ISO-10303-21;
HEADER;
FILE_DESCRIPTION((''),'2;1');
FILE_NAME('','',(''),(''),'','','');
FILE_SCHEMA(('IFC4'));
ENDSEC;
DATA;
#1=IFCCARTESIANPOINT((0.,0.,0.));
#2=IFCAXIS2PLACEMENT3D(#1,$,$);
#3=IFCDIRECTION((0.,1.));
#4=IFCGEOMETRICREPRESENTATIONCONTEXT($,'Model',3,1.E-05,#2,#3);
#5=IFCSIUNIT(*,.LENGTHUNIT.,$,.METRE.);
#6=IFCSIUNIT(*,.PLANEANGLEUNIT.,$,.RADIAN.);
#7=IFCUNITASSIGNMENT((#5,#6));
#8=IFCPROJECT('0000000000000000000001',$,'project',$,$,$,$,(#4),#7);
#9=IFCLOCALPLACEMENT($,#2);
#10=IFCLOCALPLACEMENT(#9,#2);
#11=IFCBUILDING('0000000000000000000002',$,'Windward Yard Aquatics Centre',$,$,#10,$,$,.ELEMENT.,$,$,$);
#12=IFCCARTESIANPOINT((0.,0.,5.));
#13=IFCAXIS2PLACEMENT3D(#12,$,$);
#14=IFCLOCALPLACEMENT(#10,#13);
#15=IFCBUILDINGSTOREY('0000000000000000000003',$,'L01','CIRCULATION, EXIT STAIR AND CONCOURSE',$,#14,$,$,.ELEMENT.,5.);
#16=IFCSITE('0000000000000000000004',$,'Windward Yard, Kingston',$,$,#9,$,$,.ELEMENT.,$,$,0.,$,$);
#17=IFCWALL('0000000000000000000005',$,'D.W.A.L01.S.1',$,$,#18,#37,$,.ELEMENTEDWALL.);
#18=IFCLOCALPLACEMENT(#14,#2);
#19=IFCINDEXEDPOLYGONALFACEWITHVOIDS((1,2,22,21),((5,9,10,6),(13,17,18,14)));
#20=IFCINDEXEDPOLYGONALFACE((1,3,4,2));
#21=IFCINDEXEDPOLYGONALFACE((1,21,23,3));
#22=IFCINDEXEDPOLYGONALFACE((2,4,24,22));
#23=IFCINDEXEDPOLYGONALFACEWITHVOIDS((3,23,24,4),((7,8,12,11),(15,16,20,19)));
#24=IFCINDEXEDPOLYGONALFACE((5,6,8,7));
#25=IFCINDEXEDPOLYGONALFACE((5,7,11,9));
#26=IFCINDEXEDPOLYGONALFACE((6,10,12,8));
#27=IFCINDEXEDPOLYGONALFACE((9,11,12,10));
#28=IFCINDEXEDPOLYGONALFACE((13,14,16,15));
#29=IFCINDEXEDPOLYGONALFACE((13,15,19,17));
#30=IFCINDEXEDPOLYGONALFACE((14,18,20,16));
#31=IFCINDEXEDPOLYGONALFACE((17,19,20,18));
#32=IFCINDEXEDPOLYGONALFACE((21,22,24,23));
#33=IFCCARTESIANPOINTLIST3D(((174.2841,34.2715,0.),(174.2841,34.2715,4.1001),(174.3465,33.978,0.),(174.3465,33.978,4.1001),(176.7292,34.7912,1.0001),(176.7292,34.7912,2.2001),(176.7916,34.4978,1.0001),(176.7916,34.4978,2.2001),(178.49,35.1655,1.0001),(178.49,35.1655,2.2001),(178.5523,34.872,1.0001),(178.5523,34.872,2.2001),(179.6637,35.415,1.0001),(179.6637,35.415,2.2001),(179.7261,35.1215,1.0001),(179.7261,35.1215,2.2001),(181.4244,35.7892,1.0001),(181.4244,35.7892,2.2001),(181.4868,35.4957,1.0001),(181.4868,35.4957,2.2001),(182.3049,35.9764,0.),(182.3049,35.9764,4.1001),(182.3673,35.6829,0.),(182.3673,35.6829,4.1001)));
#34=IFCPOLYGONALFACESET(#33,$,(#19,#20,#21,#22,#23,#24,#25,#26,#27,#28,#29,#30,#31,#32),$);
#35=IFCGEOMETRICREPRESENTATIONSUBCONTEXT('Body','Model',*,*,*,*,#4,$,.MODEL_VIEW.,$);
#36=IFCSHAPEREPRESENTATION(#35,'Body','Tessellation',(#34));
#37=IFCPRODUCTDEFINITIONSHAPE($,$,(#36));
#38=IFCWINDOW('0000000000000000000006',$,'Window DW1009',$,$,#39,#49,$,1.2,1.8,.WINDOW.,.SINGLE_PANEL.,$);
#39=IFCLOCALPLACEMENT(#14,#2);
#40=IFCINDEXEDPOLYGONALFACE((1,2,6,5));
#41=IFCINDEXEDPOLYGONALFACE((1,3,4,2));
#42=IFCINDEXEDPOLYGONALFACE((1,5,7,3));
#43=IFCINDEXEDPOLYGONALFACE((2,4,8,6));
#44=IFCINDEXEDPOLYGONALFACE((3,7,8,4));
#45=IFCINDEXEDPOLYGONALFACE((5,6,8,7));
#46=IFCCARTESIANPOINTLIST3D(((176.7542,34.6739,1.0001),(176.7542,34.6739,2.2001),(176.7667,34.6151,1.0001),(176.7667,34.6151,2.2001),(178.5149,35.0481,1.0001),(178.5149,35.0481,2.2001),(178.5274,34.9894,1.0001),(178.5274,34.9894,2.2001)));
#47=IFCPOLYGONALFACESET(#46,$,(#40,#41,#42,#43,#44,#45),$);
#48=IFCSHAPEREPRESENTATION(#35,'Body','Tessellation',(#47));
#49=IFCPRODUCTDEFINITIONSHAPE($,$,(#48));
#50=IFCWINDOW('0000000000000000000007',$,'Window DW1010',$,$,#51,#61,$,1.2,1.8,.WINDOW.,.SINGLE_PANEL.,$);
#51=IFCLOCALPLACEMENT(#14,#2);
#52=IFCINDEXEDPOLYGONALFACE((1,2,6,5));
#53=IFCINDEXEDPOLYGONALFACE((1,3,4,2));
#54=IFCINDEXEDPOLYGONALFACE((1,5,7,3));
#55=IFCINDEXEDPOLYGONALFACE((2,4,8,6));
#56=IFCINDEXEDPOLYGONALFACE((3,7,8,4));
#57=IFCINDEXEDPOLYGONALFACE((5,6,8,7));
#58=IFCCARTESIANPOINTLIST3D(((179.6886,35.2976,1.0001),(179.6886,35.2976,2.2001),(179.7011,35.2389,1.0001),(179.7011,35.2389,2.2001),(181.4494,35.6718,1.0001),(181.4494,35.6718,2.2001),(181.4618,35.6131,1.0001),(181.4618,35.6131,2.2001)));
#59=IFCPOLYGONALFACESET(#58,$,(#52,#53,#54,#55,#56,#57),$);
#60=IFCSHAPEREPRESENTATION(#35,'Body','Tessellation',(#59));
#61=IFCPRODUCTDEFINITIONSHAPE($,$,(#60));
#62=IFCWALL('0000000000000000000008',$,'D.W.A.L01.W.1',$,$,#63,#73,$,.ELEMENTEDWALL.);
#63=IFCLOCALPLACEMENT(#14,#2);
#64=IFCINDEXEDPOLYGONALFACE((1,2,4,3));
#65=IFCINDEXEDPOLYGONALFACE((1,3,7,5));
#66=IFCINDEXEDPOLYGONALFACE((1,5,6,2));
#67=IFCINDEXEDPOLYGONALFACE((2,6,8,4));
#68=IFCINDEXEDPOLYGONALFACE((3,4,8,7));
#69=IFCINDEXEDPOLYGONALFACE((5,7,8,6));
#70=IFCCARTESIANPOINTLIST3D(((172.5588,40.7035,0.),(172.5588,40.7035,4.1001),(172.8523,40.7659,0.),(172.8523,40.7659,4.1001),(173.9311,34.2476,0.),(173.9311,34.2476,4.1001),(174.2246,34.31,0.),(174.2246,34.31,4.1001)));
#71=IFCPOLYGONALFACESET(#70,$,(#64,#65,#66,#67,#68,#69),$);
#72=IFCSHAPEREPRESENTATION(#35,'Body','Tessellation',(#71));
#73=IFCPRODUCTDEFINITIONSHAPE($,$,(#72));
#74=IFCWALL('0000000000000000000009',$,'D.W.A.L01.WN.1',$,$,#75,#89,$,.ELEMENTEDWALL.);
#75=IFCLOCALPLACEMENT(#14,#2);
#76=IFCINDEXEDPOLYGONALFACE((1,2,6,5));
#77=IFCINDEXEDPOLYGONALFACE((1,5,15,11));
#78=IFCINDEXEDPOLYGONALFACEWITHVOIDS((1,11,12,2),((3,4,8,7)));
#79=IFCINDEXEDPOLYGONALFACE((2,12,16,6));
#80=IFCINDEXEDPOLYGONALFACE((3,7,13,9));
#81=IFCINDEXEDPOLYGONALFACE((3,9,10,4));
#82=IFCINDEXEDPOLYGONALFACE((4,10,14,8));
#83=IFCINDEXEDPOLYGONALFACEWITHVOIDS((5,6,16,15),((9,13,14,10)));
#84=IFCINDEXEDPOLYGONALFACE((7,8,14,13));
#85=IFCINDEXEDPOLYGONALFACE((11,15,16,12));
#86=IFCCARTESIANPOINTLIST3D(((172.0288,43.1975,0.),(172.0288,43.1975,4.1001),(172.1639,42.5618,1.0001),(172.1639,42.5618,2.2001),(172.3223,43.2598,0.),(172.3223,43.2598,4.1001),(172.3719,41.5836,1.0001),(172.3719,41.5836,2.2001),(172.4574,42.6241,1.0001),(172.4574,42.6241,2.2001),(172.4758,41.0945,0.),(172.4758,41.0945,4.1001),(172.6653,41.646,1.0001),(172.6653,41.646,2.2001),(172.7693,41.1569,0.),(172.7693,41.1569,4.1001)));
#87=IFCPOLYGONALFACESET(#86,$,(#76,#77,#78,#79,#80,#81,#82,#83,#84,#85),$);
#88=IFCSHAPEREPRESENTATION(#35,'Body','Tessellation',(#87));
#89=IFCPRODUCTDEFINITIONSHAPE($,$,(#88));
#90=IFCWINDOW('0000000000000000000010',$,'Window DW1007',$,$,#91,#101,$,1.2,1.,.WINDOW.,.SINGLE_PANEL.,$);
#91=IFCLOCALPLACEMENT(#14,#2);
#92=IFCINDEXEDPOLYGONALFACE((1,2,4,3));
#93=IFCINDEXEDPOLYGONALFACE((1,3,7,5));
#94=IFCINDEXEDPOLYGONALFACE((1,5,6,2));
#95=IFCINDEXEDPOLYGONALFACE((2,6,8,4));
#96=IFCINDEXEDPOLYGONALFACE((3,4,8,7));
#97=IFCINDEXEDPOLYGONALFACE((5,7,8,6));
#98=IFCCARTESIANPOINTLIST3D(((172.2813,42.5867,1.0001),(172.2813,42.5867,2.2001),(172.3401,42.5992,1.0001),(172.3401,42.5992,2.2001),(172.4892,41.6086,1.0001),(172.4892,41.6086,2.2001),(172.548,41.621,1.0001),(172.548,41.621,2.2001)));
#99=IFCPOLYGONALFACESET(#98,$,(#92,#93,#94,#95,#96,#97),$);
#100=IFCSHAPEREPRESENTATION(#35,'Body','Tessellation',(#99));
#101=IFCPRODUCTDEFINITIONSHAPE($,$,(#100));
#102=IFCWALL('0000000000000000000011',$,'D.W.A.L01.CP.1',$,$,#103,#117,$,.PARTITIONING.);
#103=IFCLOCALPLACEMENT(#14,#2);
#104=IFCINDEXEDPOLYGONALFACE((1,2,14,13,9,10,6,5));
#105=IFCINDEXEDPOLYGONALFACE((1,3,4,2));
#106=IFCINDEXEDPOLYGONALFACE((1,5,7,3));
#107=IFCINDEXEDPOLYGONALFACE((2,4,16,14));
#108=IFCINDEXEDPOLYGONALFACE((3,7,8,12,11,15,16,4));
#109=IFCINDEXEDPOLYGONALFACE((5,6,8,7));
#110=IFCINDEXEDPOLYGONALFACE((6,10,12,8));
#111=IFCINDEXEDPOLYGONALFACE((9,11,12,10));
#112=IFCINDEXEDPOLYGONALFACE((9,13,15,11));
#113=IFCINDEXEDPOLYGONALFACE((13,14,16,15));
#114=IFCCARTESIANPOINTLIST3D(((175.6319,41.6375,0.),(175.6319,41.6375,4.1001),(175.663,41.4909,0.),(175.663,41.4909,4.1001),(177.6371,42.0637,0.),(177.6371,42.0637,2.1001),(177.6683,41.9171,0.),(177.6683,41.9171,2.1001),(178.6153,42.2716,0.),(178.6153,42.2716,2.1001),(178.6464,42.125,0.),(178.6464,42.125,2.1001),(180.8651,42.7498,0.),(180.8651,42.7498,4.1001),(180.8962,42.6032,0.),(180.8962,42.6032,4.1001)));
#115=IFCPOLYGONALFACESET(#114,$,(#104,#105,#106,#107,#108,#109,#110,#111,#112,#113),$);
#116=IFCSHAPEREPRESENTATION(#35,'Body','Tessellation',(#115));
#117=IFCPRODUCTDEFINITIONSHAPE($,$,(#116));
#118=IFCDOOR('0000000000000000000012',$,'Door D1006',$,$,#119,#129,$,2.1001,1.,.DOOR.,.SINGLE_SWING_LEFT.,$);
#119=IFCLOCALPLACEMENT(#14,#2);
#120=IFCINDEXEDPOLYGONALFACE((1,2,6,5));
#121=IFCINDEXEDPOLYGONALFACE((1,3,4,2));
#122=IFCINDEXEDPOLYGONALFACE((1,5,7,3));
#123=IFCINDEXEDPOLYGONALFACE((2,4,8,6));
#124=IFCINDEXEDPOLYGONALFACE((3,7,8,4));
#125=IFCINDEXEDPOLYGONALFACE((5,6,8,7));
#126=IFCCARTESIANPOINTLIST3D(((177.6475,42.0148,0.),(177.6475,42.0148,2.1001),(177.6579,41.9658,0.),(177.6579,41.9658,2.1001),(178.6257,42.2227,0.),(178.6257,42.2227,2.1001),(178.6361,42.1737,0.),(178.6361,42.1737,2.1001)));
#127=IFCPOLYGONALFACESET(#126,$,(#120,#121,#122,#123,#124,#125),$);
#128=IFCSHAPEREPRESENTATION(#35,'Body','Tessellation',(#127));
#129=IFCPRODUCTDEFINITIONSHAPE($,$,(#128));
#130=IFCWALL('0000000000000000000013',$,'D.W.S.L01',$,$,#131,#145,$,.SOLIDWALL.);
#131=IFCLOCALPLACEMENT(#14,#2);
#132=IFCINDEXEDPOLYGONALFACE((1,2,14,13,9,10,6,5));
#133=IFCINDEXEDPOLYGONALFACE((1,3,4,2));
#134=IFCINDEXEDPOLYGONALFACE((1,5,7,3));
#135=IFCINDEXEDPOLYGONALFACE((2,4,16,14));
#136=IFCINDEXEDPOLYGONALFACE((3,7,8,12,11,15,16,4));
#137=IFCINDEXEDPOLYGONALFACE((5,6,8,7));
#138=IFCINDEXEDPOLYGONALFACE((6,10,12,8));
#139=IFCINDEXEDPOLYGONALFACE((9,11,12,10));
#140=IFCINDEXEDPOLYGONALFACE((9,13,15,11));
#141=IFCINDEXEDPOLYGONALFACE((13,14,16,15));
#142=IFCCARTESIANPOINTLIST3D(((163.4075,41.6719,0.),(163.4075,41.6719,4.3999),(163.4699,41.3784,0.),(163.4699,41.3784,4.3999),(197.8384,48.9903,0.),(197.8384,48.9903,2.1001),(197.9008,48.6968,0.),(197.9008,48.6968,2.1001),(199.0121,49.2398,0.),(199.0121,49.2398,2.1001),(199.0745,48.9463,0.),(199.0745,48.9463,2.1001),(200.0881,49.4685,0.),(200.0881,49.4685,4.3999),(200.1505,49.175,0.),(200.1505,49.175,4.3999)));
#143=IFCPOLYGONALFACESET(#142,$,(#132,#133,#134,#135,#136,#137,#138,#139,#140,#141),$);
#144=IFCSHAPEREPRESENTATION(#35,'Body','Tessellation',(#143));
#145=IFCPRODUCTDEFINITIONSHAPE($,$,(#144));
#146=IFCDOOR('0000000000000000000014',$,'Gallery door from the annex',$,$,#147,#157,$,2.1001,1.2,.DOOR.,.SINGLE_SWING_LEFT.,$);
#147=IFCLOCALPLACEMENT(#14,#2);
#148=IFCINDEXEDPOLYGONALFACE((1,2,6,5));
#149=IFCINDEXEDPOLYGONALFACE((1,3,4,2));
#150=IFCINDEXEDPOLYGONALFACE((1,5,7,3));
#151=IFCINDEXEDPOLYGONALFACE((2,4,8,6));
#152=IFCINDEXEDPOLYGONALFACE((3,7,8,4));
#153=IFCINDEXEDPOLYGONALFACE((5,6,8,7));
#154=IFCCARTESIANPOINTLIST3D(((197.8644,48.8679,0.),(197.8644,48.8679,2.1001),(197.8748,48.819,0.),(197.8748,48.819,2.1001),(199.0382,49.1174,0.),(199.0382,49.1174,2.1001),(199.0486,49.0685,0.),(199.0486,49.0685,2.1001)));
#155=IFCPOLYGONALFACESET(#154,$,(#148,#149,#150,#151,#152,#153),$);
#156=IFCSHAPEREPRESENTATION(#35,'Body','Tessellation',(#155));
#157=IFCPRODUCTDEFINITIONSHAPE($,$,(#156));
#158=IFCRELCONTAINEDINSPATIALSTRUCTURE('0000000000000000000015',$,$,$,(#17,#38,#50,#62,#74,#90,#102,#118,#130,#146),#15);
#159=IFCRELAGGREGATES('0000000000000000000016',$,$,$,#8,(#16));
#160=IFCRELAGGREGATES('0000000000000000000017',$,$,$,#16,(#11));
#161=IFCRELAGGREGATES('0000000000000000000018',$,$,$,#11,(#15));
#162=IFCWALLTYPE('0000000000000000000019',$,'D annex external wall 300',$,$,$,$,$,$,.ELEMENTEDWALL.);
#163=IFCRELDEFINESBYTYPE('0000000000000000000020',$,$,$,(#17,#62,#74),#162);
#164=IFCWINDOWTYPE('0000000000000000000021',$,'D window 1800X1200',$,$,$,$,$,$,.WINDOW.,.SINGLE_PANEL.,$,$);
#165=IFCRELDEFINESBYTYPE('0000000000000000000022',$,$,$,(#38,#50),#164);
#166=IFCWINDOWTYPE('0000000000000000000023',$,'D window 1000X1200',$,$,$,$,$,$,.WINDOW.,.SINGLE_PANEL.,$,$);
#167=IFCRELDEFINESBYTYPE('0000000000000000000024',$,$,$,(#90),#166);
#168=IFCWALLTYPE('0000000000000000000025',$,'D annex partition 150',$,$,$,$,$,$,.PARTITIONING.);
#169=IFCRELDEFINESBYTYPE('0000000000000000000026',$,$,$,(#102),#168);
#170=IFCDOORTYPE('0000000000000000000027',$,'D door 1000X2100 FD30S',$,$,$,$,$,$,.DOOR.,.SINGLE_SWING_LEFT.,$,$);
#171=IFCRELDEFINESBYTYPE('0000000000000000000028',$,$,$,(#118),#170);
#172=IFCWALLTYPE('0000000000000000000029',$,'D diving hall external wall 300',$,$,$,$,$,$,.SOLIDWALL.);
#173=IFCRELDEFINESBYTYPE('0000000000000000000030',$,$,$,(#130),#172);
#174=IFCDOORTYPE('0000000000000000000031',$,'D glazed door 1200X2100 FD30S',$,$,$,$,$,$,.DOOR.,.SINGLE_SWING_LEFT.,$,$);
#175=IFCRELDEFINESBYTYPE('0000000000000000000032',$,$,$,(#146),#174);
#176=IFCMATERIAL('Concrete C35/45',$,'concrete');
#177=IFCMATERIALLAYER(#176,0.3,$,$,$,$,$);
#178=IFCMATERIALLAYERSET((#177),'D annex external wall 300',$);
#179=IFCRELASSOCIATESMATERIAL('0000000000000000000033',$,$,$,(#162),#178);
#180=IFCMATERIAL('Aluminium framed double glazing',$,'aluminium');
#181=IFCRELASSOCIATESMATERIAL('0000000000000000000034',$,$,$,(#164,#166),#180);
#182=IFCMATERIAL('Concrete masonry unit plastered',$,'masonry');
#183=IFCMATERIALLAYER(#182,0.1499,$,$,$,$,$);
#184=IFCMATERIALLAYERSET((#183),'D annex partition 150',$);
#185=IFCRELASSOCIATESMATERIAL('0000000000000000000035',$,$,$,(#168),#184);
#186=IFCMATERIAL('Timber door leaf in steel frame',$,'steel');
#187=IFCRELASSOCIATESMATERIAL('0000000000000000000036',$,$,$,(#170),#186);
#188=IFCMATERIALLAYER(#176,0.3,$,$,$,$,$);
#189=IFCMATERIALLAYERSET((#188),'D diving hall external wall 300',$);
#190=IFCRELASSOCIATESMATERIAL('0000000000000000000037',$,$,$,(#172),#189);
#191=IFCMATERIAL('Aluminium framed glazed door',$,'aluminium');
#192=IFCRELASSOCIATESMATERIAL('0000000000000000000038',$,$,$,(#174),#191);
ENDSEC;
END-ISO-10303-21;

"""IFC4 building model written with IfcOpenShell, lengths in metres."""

from ifc_helpers import new_model, si_unit, direction, frame, frame_2d, origin, place, context, subcontext, project, spatial, rectangle, extrude, material, layer, layer_set, type_object, element, fill, save


model = new_model("IFC4")

# Units and contexts
model_context = context("Model", 3, precision=1e-05, world=origin(), true_north=direction((0.0, 1.0)))
body_context = subcontext(model_context, "Body", "Model", "MODEL_VIEW")
ifc_project = project(units=[si_unit("LENGTHUNIT", "METRE"), si_unit("PLANEANGLEUNIT", "RADIAN")], contexts=[model_context])

# Site, building, storey
site_placement = place(None, origin())
site = spatial("IfcSite", under=ifc_project, at=site_placement, Name="Windward Yard, Kingston", CompositionType="ELEMENT", RefElevation=0.0)
building_placement = place(site_placement, origin())
building = spatial("IfcBuilding", under=site, at=building_placement, Name="Windward Yard Aquatics Centre", CompositionType="ELEMENT")
storey_placement = place(building_placement, frame((0.0, 0.0, 5.0)))
storey = spatial("IfcBuildingStorey", under=building, at=storey_placement, Name="L01", Description="CIRCULATION, EXIT STAIR AND CONCOURSE", CompositionType="ELEMENT", Elevation=5.0)

# Shared definitions
ifc_material_1 = material(Name="Concrete C35/45", Category="concrete")

# Wall, openings, windows
ifc_layer_1 = layer(ifc_material_1, 0.3)
ifc_layer_set_1 = layer_set([ifc_layer_1], Name="D annex external wall 300")
wall_type_1 = type_object("IfcWallType", Name="D annex external wall 300", PredefinedType="ELEMENTEDWALL", material=ifc_layer_set_1)
wall_1_placement = place(storey_placement, frame((174.3152, 34.1248, 0.0), z_axis=(0.0, 0.0, 1.0), x_axis=(0.978148, 0.207908, 0.0)))
wall_1 = element("IfcWall", 1, at=wall_1_placement, inside=storey, type_object=wall_type_1, Name="D.W.A.L01.S.1", PredefinedType="ELEMENTEDWALL", context=body_context, shape_type="SweptSolid", body=[
    extrude(rectangle(XDim=8.2, YDim=0.3, at=frame_2d((4.1001, 0.0))), origin(), (0.0, 0.0, 1.0), 4.1001),
])
opening_1_placement = place(wall_1_placement, frame((2.5, 0.0, 1.0)))
opening_1 = element("IfcOpeningElement", 2, at=opening_1_placement, cuts=wall_1, PredefinedType="OPENING", context=body_context, shape_type="SweptSolid", body=[
    extrude(rectangle(XDim=1.8, YDim=1.2, at=frame_2d((0.8999, 0.6001))), frame((0.0, 0.1602, 0.0), z_axis=(0.0, -1.0, 0.0), x_axis=(1.0, 0.0, 0.0)), (0.0, 0.0, 1.0), 0.3201),
])
opening_2_placement = place(wall_1_placement, frame((5.5, 0.0, 1.0)))
opening_2 = element("IfcOpeningElement", 3, at=opening_2_placement, cuts=wall_1, PredefinedType="OPENING", context=body_context, shape_type="SweptSolid", body=[
    extrude(rectangle(XDim=1.8, YDim=1.2, at=frame_2d((0.8999, 0.6001))), frame((0.0, 0.1602, 0.0), z_axis=(0.0, -1.0, 0.0), x_axis=(1.0, 0.0, 0.0)), (0.0, 0.0, 1.0), 0.3201),
])
ifc_material_2 = material(Name="Aluminium framed double glazing", Category="aluminium")
window_type_1 = type_object("IfcWindowType", Name="D window 1800X1200", PartitioningType="SINGLE_PANEL", PredefinedType="WINDOW", material=ifc_material_2)
window_1_placement = place(opening_1_placement, origin())
window_1 = element("IfcWindow", 4, at=window_1_placement, inside=storey, type_object=window_type_1, Name="Window DW1009", OverallHeight=1.2, OverallWidth=1.8, PartitioningType="SINGLE_PANEL", PredefinedType="WINDOW", context=body_context, shape_type="SweptSolid", body=[
    extrude(rectangle(XDim=1.8, YDim=1.2, at=frame_2d((0.8999, 0.6001))), frame((0.0, 0.03, 0.0), z_axis=(0.0, -1.0, 0.0), x_axis=(1.0, 0.0, 0.0)), (0.0, 0.0, 1.0), 0.0601),
])
fill(opening_1, window_1)
window_2_placement = place(opening_2_placement, origin())
window_2 = element("IfcWindow", 5, at=window_2_placement, inside=storey, type_object=window_type_1, Name="Window DW1010", OverallHeight=1.2, OverallWidth=1.8, PartitioningType="SINGLE_PANEL", PredefinedType="WINDOW", context=body_context, shape_type="SweptSolid", body=[
    extrude(rectangle(XDim=1.8, YDim=1.2, at=frame_2d((0.8999, 0.6001))), frame((0.0, 0.03, 0.0), z_axis=(0.0, -1.0, 0.0), x_axis=(1.0, 0.0, 0.0)), (0.0, 0.0, 1.0), 0.0601),
])
fill(opening_2, window_2)

# Wall
wall_2_placement = place(storey_placement, frame((174.0779, 34.2788, 0.0), z_axis=(0.0, 0.0, 1.0), x_axis=(-0.207925, 0.978145, 0.0)))
element("IfcWall", 6, at=wall_2_placement, inside=storey, type_object=wall_type_1, Name="D.W.A.L01.W.1", PredefinedType="ELEMENTEDWALL", context=body_context, shape_type="SweptSolid", body=[
    extrude(rectangle(XDim=6.6001, YDim=0.3, at=frame_2d((3.3, 0.0))), origin(), (0.0, 0.0, 1.0), 4.1001),
])

# Wall, opening, window
wall_3_placement = place(storey_placement, frame((172.6226, 41.1257, 0.0), z_axis=(0.0, 0.0, 1.0), x_axis=(-0.207916, 0.978147, 0.0)))
wall_3 = element("IfcWall", 7, at=wall_3_placement, inside=storey, type_object=wall_type_1, Name="D.W.A.L01.WN.1", PredefinedType="ELEMENTEDWALL", context=body_context, shape_type="SweptSolid", body=[
    extrude(rectangle(XDim=2.1499, YDim=0.3, at=frame_2d((1.075, 0.0))), origin(), (0.0, 0.0, 1.0), 4.1001),
])
opening_3_placement = place(wall_3_placement, frame((0.5, 0.0, 1.0)))
opening_3 = element("IfcOpeningElement", 8, at=opening_3_placement, cuts=wall_3, PredefinedType="OPENING", context=body_context, shape_type="SweptSolid", body=[
    extrude(rectangle(XDim=1.0, YDim=1.2, at=frame_2d((0.5, 0.6001))), frame((0.0, 0.1602, 0.0), z_axis=(0.0, -1.0, 0.0), x_axis=(1.0, 0.0, 0.0)), (0.0, 0.0, 1.0), 0.3201),
])
window_type_2 = type_object("IfcWindowType", Name="D window 1000X1200", PartitioningType="SINGLE_PANEL", PredefinedType="WINDOW", material=ifc_material_2)
window_3_placement = place(opening_3_placement, origin())
window_3 = element("IfcWindow", 9, at=window_3_placement, inside=storey, type_object=window_type_2, Name="Window DW1007", OverallHeight=1.2, OverallWidth=1.0, PartitioningType="SINGLE_PANEL", PredefinedType="WINDOW", context=body_context, shape_type="SweptSolid", body=[
    extrude(rectangle(XDim=1.0, YDim=1.2, at=frame_2d((0.5, 0.6001))), frame((0.0, 0.03, 0.0), z_axis=(0.0, -1.0, 0.0), x_axis=(1.0, 0.0, 0.0)), (0.0, 0.0, 1.0), 0.0601),
])
fill(opening_3, window_3)

# Walls, openings, doors
ifc_material_3 = material(Name="Concrete masonry unit plastered", Category="masonry")
ifc_layer_2 = layer(ifc_material_3, 0.1499)
ifc_layer_set_2 = layer_set([ifc_layer_2], Name="D annex partition 150")
wall_type_2 = type_object("IfcWallType", Name="D annex partition 150", PredefinedType="PARTITIONING", material=ifc_layer_set_2)
wall_4_placement = place(storey_placement, frame((175.6475, 41.5642, 0.0), z_axis=(0.0, 0.0, 1.0), x_axis=(0.978149, 0.207905, 0.0)))
wall_4 = element("IfcWall", 10, at=wall_4_placement, inside=storey, type_object=wall_type_2, Name="D.W.A.L01.CP.1", PredefinedType="PARTITIONING", context=body_context, shape_type="SweptSolid", body=[
    extrude(rectangle(XDim=5.3501, YDim=0.1499, at=frame_2d((2.675, 0.0))), origin(), (0.0, 0.0, 1.0), 4.1001),
])
opening_4_placement = place(wall_4_placement, frame((2.05, 0.0, 0.0)))
opening_4 = element("IfcOpeningElement", 11, at=opening_4_placement, cuts=wall_4, PredefinedType="OPENING", context=body_context, shape_type="SweptSolid", body=[
    extrude(rectangle(XDim=1.0, YDim=2.1001, at=frame_2d((0.5, 1.05))), frame((0.0, 0.085, 0.0), z_axis=(0.0, -1.0, 0.0), x_axis=(1.0, 0.0, 0.0)), (0.0, 0.0, 1.0), 0.1699),
])
ifc_material_4 = material(Name="Timber door leaf in steel frame", Category="steel")
door_type_1 = type_object("IfcDoorType", Name="D door 1000X2100 FD30S", OperationType="SINGLE_SWING_LEFT", PredefinedType="DOOR", material=ifc_material_4)
door_1_placement = place(opening_4_placement, origin())
door_1 = element("IfcDoor", 12, at=door_1_placement, inside=storey, type_object=door_type_1, Name="Door D1006", OperationType="SINGLE_SWING_LEFT", OverallHeight=2.1001, OverallWidth=1.0, PredefinedType="DOOR", context=body_context, shape_type="SweptSolid", body=[
    extrude(rectangle(XDim=1.0, YDim=2.1001, at=frame_2d((0.5, 1.05))), frame((0.0, 0.0249, 0.0), z_axis=(0.0, -1.0, 0.0), x_axis=(1.0, 0.0, 0.0)), (0.0, 0.0, 1.0), 0.05),
])
fill(opening_4, door_1)
ifc_layer_3 = layer(ifc_material_1, 0.3)
ifc_layer_set_3 = layer_set([ifc_layer_3], Name="D diving hall external wall 300")
wall_type_3 = type_object("IfcWallType", Name="D diving hall external wall 300", PredefinedType="SOLIDWALL", material=ifc_layer_set_3)
wall_5_placement = place(storey_placement, frame((163.4387, 41.5251, 0.0), z_axis=(0.0, 0.0, 1.0), x_axis=(0.978148, 0.20791, 0.0)))
wall_5 = element("IfcWall", 13, at=wall_5_placement, inside=storey, type_object=wall_type_3, Name="D.W.S.L01", PredefinedType="SOLIDWALL", context=body_context, shape_type="SweptSolid", body=[
    extrude(rectangle(XDim=37.5, YDim=0.3, at=frame_2d((18.75, 0.0))), origin(), (0.0, 0.0, 1.0), 4.3999),
])
opening_5_placement = place(wall_5_placement, frame((35.2, 0.0, 0.0)))
opening_5 = element("IfcOpeningElement", 14, at=opening_5_placement, cuts=wall_5, PredefinedType="OPENING", context=body_context, shape_type="SweptSolid", body=[
    extrude(rectangle(XDim=1.2, YDim=2.1001, at=frame_2d((0.6001, 1.05))), frame((0.0, 0.1602, 0.0), z_axis=(0.0, -1.0, 0.0), x_axis=(1.0, 0.0, 0.0)), (0.0, 0.0, 1.0), 0.3201),
])
ifc_material_5 = material(Name="Aluminium framed glazed door", Category="aluminium")
door_type_2 = type_object("IfcDoorType", Name="D glazed door 1200X2100 FD30S", OperationType="SINGLE_SWING_LEFT", PredefinedType="DOOR", material=ifc_material_5)
door_2_placement = place(opening_5_placement, origin())
door_2 = element("IfcDoor", 15, at=door_2_placement, inside=storey, type_object=door_type_2, Name="Gallery door from the annex", OperationType="SINGLE_SWING_LEFT", OverallHeight=2.1001, OverallWidth=1.2, PredefinedType="DOOR", context=body_context, shape_type="SweptSolid", body=[
    extrude(rectangle(XDim=1.2, YDim=2.1001, at=frame_2d((0.6001, 1.05))), frame((0.0, 0.0249, 0.0), z_axis=(0.0, -1.0, 0.0), x_axis=(1.0, 0.0, 0.0)), (0.0, 0.0, 1.0), 0.05),
])
fill(opening_5, door_2)

save(model, "model.ifc")
